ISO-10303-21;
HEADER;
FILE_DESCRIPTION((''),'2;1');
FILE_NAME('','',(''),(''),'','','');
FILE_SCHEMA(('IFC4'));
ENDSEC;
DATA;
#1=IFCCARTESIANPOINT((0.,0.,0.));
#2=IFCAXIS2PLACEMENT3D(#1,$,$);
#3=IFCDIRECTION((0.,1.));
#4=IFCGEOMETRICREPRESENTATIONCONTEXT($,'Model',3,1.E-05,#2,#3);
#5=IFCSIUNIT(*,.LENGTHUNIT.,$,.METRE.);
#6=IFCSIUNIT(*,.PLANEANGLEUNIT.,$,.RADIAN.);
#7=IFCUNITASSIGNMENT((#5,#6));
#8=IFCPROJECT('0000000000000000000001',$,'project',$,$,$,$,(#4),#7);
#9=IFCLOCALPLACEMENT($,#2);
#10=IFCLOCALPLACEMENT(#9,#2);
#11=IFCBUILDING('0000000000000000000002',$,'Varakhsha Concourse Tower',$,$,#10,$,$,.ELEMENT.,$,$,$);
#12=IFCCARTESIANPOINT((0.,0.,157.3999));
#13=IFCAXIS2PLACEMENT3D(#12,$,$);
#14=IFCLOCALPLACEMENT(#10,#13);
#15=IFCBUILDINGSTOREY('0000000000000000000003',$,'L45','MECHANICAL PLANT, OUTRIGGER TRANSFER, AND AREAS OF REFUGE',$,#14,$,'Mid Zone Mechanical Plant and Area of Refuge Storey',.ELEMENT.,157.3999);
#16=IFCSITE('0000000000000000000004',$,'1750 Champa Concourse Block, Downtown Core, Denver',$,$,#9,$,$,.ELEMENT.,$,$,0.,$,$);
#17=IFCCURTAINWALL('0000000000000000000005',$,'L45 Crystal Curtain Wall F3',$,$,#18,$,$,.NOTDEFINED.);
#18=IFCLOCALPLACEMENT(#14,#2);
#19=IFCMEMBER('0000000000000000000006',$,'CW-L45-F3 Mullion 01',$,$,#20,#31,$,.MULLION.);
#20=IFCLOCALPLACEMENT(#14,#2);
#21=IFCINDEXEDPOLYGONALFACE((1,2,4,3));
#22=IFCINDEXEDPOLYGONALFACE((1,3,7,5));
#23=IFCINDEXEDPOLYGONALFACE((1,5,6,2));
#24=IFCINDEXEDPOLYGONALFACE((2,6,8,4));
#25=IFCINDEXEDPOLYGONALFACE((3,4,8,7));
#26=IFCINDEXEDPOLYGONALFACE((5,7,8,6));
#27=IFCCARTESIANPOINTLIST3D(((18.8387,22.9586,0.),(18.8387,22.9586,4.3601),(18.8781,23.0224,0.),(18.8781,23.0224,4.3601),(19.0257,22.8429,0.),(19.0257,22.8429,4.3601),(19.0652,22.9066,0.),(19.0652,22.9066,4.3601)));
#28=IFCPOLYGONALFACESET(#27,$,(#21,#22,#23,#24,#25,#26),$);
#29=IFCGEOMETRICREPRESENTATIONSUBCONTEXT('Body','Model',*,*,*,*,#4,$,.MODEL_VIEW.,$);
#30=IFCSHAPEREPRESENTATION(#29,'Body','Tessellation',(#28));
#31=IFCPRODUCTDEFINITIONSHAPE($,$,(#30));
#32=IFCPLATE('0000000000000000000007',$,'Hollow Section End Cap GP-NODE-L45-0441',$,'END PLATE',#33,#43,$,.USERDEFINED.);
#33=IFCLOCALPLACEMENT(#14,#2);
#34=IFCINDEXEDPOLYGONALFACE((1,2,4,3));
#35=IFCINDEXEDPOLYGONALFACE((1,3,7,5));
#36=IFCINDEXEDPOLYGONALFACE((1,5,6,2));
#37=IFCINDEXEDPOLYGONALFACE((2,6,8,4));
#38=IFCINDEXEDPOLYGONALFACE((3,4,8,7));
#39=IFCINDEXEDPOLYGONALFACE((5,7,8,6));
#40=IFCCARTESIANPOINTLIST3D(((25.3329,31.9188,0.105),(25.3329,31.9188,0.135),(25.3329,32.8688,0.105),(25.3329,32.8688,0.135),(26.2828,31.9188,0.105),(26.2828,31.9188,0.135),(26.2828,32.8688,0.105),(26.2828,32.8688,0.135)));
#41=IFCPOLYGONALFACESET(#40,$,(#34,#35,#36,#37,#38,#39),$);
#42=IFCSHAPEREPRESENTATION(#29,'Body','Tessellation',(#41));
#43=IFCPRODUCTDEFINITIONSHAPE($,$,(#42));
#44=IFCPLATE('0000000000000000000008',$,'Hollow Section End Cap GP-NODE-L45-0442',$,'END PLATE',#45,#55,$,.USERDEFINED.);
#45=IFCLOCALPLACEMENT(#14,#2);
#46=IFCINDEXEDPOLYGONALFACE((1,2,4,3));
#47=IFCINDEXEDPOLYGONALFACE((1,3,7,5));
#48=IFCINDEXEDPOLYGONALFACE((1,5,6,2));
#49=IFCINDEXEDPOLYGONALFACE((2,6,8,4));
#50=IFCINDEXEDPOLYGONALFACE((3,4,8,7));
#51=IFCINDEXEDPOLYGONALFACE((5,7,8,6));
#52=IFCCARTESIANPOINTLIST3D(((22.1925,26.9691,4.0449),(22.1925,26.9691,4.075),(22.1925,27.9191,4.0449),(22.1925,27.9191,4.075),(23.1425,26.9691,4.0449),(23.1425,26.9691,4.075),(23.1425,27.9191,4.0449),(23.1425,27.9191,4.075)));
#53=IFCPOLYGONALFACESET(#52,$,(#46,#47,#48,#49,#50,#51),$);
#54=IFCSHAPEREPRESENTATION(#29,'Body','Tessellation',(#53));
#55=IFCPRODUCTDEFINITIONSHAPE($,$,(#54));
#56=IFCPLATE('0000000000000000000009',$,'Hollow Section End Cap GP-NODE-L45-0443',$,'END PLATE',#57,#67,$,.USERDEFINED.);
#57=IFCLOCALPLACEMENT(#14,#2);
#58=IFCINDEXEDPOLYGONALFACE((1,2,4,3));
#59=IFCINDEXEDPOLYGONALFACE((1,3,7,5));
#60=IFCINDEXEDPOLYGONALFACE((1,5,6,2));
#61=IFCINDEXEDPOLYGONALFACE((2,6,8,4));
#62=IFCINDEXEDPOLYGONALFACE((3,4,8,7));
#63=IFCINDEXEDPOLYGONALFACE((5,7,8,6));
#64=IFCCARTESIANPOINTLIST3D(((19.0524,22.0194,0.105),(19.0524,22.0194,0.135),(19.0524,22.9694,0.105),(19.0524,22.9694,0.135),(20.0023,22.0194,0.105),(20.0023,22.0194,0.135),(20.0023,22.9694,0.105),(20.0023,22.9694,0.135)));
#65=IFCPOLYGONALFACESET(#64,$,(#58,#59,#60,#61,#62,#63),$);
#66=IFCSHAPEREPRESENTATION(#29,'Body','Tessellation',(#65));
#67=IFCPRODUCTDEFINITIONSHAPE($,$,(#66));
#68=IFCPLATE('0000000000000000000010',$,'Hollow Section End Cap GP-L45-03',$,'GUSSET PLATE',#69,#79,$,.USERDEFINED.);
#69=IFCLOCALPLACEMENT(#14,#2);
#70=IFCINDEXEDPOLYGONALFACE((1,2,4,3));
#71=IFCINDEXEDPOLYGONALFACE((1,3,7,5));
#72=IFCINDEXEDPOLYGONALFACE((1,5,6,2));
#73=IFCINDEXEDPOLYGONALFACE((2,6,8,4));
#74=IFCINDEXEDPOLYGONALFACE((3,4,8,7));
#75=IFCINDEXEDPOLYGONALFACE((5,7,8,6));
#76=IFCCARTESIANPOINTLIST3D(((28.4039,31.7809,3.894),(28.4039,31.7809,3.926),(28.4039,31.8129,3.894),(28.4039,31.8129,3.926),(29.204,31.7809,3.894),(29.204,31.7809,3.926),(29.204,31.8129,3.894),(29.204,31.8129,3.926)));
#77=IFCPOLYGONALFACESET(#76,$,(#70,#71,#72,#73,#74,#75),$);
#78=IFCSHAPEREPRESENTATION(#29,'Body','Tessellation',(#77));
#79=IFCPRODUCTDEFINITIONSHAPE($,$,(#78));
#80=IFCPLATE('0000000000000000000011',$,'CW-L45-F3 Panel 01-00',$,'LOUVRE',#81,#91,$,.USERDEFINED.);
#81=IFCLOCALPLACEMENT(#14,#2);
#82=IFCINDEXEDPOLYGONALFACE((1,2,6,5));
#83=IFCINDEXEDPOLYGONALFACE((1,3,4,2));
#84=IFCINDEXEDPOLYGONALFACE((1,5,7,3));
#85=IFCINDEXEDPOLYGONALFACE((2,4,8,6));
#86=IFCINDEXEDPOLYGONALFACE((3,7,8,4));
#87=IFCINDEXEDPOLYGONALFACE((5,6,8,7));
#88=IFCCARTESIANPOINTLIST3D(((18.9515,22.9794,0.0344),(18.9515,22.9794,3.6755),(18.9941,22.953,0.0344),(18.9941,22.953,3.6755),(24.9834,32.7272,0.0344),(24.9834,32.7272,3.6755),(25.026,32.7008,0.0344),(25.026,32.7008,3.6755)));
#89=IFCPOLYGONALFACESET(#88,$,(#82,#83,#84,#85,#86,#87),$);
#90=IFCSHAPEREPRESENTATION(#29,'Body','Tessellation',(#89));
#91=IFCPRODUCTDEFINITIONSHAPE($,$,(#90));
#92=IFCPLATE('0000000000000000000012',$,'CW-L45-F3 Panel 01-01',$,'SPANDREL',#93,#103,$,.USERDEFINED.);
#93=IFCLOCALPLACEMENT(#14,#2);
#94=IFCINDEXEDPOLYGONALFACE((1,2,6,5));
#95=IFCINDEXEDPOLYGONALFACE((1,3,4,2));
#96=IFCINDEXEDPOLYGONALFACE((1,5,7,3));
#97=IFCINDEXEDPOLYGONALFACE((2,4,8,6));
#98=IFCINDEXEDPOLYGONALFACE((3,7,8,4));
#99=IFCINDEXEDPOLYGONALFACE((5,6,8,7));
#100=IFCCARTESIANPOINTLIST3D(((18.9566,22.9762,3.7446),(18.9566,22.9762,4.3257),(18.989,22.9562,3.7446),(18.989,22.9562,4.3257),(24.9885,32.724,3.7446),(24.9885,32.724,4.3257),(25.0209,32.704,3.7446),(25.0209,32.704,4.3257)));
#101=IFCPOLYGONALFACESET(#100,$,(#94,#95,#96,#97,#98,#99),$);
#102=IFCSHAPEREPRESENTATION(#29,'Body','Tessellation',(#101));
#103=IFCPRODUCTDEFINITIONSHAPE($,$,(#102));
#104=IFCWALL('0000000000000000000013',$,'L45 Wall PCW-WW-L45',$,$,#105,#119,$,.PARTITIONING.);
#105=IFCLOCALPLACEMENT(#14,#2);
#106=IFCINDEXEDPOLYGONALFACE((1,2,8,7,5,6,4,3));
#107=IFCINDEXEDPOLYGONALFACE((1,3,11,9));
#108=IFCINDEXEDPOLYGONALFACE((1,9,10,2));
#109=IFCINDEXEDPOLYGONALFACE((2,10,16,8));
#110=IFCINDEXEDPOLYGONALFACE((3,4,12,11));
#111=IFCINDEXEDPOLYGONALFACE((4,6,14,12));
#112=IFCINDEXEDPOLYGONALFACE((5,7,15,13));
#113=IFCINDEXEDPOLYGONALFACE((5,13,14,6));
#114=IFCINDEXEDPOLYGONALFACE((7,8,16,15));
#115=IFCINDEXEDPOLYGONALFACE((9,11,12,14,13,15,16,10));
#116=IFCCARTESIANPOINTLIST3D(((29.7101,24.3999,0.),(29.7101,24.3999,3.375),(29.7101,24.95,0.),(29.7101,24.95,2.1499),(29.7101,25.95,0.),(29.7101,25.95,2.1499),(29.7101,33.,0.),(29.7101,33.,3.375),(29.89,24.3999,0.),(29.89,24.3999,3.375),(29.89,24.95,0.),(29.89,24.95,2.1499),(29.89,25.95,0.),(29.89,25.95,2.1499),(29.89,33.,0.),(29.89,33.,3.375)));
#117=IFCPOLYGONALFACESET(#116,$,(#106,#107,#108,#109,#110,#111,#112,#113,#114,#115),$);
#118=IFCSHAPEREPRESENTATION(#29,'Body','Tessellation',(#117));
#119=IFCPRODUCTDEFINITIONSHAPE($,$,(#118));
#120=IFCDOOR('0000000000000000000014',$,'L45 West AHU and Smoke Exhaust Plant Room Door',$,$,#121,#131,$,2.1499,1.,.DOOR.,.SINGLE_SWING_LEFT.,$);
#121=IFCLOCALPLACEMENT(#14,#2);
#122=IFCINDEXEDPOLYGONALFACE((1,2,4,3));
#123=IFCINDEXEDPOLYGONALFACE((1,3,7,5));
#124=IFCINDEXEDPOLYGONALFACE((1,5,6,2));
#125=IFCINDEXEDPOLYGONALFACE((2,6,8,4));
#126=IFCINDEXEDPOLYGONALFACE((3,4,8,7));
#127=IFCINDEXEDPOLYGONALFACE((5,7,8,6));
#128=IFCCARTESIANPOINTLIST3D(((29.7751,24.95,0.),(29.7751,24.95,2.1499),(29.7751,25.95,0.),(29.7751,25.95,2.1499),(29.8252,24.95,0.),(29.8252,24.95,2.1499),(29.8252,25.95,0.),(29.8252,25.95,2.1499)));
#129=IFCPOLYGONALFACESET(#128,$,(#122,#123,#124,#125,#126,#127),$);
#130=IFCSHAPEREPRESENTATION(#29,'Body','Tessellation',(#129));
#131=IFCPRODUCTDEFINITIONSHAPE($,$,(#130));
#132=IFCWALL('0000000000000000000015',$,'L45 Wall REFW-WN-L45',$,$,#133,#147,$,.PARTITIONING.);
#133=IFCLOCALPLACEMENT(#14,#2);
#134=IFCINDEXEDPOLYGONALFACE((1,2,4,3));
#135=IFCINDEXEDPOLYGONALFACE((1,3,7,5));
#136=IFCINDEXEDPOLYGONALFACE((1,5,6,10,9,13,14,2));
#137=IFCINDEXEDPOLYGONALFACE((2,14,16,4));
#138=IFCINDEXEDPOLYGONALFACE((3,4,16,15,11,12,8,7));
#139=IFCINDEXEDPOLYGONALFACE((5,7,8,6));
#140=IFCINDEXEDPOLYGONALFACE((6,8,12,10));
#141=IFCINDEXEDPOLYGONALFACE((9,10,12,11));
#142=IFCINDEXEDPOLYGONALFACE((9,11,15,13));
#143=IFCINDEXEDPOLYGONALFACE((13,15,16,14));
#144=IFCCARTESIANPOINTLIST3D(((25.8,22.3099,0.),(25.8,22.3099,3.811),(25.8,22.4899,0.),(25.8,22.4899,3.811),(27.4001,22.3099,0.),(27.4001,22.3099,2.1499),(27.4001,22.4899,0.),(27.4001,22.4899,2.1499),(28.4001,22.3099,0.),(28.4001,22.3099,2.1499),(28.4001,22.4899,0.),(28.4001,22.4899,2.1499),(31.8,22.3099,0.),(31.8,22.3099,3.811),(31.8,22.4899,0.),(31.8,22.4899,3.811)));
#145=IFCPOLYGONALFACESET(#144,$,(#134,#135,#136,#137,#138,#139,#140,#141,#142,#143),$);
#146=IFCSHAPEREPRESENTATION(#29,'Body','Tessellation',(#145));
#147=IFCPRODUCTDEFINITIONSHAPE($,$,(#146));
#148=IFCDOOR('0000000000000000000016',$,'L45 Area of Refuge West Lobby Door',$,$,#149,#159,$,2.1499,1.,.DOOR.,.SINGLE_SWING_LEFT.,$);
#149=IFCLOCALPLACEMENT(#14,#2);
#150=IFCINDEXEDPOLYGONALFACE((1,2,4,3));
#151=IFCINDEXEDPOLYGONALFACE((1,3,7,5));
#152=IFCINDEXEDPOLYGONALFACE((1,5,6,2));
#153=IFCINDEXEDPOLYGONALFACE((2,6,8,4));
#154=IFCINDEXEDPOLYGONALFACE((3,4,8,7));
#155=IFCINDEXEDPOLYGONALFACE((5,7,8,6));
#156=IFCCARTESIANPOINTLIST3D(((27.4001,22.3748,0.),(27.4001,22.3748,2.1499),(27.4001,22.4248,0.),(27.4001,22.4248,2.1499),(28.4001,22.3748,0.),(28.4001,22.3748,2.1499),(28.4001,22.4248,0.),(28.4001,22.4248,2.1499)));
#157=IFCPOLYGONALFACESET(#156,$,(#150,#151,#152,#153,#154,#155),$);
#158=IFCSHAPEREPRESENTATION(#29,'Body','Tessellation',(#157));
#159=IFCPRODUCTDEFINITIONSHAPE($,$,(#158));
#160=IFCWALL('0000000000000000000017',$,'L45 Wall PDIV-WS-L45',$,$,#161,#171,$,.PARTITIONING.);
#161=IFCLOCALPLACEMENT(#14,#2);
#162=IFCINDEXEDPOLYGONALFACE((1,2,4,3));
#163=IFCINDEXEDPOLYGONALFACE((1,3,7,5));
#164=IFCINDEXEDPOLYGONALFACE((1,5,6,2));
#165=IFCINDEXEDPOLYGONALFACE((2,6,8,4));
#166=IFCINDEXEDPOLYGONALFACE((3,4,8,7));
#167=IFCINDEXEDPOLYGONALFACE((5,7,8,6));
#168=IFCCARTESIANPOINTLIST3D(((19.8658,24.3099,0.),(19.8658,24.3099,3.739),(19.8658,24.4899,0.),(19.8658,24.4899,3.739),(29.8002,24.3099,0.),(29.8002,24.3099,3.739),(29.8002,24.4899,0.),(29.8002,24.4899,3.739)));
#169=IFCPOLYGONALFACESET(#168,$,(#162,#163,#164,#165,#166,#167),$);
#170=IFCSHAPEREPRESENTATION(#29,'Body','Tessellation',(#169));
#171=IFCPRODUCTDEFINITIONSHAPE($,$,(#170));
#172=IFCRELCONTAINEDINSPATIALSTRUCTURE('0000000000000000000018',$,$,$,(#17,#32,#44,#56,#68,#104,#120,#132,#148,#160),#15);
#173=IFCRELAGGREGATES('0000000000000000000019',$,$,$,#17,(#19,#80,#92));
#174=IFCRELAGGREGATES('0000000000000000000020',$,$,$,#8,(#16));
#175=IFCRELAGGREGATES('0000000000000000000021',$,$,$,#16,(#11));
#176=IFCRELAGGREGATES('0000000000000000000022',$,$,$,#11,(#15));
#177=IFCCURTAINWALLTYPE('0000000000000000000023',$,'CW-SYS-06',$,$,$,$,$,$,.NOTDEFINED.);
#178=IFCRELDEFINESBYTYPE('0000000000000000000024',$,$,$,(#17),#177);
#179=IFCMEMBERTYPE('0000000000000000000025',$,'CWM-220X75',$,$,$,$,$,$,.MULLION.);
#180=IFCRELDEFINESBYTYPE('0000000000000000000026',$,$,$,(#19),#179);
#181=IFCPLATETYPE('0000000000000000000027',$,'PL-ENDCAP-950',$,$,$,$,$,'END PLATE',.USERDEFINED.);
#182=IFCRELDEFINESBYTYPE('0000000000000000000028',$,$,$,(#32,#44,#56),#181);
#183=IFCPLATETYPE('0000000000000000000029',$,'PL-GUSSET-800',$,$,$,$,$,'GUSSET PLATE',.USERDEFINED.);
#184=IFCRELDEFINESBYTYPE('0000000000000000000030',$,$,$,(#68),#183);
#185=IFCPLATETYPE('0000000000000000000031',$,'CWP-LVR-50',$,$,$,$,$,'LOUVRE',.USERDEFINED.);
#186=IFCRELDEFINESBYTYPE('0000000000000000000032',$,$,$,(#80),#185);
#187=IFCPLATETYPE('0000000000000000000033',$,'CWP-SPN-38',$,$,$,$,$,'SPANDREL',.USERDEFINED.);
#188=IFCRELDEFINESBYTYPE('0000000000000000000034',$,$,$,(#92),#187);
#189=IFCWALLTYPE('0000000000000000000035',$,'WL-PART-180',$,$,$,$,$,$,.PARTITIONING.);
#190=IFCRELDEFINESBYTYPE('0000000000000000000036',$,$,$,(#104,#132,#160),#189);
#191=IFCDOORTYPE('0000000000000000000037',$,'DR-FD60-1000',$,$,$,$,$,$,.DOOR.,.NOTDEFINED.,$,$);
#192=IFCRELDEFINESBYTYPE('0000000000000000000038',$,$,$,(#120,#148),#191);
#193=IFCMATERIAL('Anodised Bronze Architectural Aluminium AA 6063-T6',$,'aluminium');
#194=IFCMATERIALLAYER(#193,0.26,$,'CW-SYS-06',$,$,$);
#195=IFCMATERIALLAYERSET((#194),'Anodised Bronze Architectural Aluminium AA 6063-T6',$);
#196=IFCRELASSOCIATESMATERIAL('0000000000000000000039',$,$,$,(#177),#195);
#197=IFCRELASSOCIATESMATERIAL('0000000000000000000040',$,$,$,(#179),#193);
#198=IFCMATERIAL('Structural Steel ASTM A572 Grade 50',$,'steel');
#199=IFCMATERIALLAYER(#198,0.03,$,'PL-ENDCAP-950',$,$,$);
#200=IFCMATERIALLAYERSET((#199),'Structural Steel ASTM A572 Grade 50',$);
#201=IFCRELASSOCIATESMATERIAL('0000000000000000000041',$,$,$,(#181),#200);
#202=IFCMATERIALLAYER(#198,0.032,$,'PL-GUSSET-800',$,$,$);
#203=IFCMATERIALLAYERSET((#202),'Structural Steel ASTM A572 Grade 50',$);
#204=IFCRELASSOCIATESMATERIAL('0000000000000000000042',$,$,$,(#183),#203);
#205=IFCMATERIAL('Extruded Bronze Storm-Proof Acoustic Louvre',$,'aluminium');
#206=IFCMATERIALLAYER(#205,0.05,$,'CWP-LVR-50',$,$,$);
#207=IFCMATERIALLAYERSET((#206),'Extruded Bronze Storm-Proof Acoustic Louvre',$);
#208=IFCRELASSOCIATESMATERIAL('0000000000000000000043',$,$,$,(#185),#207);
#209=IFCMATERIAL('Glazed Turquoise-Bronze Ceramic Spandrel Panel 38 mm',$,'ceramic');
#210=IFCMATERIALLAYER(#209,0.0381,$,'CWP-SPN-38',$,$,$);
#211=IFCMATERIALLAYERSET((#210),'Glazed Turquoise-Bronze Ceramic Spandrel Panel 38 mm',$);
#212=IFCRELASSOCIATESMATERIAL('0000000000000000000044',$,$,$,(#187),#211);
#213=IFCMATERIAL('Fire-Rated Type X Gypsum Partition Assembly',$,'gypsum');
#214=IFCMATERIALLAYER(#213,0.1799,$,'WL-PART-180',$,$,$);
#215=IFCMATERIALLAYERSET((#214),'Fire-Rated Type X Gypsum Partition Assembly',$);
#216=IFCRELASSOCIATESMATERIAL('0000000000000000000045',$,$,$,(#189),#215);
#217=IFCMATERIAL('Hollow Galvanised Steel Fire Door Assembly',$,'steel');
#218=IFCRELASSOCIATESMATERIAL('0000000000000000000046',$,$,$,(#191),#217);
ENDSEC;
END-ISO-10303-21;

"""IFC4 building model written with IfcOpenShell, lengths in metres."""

from ifc_helpers import new_model, si_unit, direction, frame, frame_2d, origin, origin_2d, place, context, subcontext, project, spatial, rectangle, extrude, source, transform, mapped, material, layer, layer_set, material_profile, profile_set, type_object, type_shapes, element, fill, aggregate, save


model = new_model("IFC4")

# Units and contexts
model_context = context("Model", 3, precision=1e-05, world=origin(), true_north=direction((0.0, 1.0)))
body_context = subcontext(model_context, "Body", "Model", "MODEL_VIEW")
ifc_project = project(units=[si_unit("LENGTHUNIT", "METRE"), si_unit("PLANEANGLEUNIT", "RADIAN")], contexts=[model_context])

# Site, building, storey
site_placement = place(None, origin())
site = spatial("IfcSite", under=ifc_project, at=site_placement, Name="1750 Champa Concourse Block, Downtown Core, Denver", CompositionType="ELEMENT", RefElevation=0.0)
building_placement = place(site_placement, origin())
building = spatial("IfcBuilding", under=site, at=building_placement, Name="Varakhsha Concourse Tower", CompositionType="ELEMENT")
storey_placement = place(building_placement, frame((0.0, 0.0, 157.3999)))
storey = spatial("IfcBuildingStorey", under=building, at=storey_placement, Name="L45", Description="MECHANICAL PLANT, OUTRIGGER TRANSFER, AND AREAS OF REFUGE", LongName="Mid Zone Mechanical Plant and Area of Refuge Storey", CompositionType="ELEMENT", Elevation=157.3999)

# Shared definitions
ifc_material_1 = material(Name="Structural Steel ASTM A572 Grade 50", Category="steel")

# Curtain wall, member
ifc_material_2 = material(Name="Anodised Bronze Architectural Aluminium AA 6063-T6", Category="aluminium")
ifc_layer_1 = layer(ifc_material_2, 0.26, Name="CW-SYS-06")
ifc_layer_set_1 = layer_set([ifc_layer_1], Name="Anodised Bronze Architectural Aluminium AA 6063-T6")
curtain_wall_type = type_object("IfcCurtainWallType", Name="CW-SYS-06", PredefinedType="NOTDEFINED", material=ifc_layer_set_1)
curtain_wall_placement = place(storey_placement, origin())
curtain_wall = element("IfcCurtainWall", 1, at=curtain_wall_placement, inside=storey, type_object=curtain_wall_type, Name="L45 Crystal Curtain Wall F3", PredefinedType="NOTDEFINED")
ifc_material_profile_1 = material_profile(ifc_material_2, rectangle(XDim=0.075, YDim=0.22, at=origin_2d()), Name="CWM-220X75")
ifc_profile_set_1 = profile_set([ifc_material_profile_1], Name="Anodised Bronze Architectural Aluminium AA 6063-T6")
member_type_1 = type_object("IfcMemberType", Name="CWM-220X75", PredefinedType="MULLION", material=ifc_profile_set_1)
shared_shape_1 = source(origin(), body_context, "Body", "SweptSolid", [
    extrude(rectangle(XDim=0.075, YDim=0.22, at=origin_2d()), origin(), (0.0, 0.0, 1.0), 4.3601),
])
type_shapes(member_type_1, [shared_shape_1])
member_1_placement = place(storey_placement, frame((18.9519, 22.9326, 0.0), z_axis=(0.0, 0.0, 1.0), x_axis=(0.526199, 0.850361, 0.0)))
member_1 = element("IfcMember", 2, at=member_1_placement, type_object=member_type_1, Name="CW-L45-F3 Mullion 01", PredefinedType="MULLION", context=body_context, shape_type="MappedRepresentation", body=[
    mapped(shared_shape_1, transform((0.0, 0.0, 0.0), scale=1.0)),
])

# Plates
ifc_layer_2 = layer(ifc_material_1, 0.03, Name="PL-ENDCAP-950")
ifc_layer_set_2 = layer_set([ifc_layer_2], Name="Structural Steel ASTM A572 Grade 50")
plate_type_1 = type_object("IfcPlateType", Name="PL-ENDCAP-950", ElementType="END PLATE", PredefinedType="USERDEFINED", material=ifc_layer_set_2)
shared_shape_2 = source(origin(), body_context, "Body", "SweptSolid", [
    extrude(rectangle(XDim=0.95, YDim=0.95, at=origin_2d()), origin(), (0.0, 0.0, 1.0), 0.03),
])
type_shapes(plate_type_1, [shared_shape_2])
for number, where, z_axis, x_axis, name in (
    (3, (25.8079, 32.3938, 0.105), (0.0, 0.0, 1.0), (1.0, 0.0, 0.0), "Hollow Section End Cap GP-NODE-L45-0441"),
    (4, (22.6675, 27.4441, 4.0449), (0.0, 0.0, 1.0), (1.0, 0.0, 0.0), "Hollow Section End Cap GP-NODE-L45-0442"),
    (5, (19.5273, 22.4944, 0.105), (0.0, 0.0, 1.0), (1.0, 0.0, 0.0), "Hollow Section End Cap GP-NODE-L45-0443"),
):
    element("IfcPlate", number, at=place(storey_placement, frame(where, z_axis=z_axis, x_axis=x_axis)), inside=storey, type_object=plate_type_1, Name=name, ObjectType="END PLATE", PredefinedType="USERDEFINED", context=body_context, shape_type="MappedRepresentation", body=[
        mapped(shared_shape_2, transform((0.0, 0.0, 0.0), scale=1.0)),
    ])
ifc_layer_3 = layer(ifc_material_1, 0.032, Name="PL-GUSSET-800")
ifc_layer_set_3 = layer_set([ifc_layer_3], Name="Structural Steel ASTM A572 Grade 50")
plate_type_2 = type_object("IfcPlateType", Name="PL-GUSSET-800", ElementType="GUSSET PLATE", PredefinedType="USERDEFINED", material=ifc_layer_set_3)
shared_shape_3 = source(origin(), body_context, "Body", "SweptSolid", [
    extrude(rectangle(XDim=0.8, YDim=0.032, at=origin_2d()), origin(), (0.0, 0.0, 1.0), 0.032),
])
type_shapes(plate_type_2, [shared_shape_3])
plate_1_placement = place(storey_placement, frame((28.804, 31.7969, 3.894), z_axis=(0.0, 0.0, 1.0), x_axis=(1.0, 0.0, 0.0)))
element("IfcPlate", 6, at=plate_1_placement, inside=storey, type_object=plate_type_2, Name="Hollow Section End Cap GP-L45-03", ObjectType="GUSSET PLATE", PredefinedType="USERDEFINED", context=body_context, shape_type="MappedRepresentation", body=[
    mapped(shared_shape_3, transform((0.0, 0.0, 0.0), scale=1.0)),
])

# Plates
ifc_material_3 = material(Name="Extruded Bronze Storm-Proof Acoustic Louvre", Category="aluminium")
ifc_layer_4 = layer(ifc_material_3, 0.05, Name="CWP-LVR-50")
ifc_layer_set_4 = layer_set([ifc_layer_4], Name="Extruded Bronze Storm-Proof Acoustic Louvre")
plate_type_3 = type_object("IfcPlateType", Name="CWP-LVR-50", ElementType="LOUVRE", PredefinedType="USERDEFINED", material=ifc_layer_set_4)
shared_shape_4 = source(origin(), body_context, "Body", "SweptSolid", [
    extrude(rectangle(XDim=11.4631, YDim=0.05, at=origin_2d()), origin(), (0.0, 0.0, 1.0), 3.6411),
])
type_shapes(plate_type_3, [shared_shape_4])
plate_2_placement = place(storey_placement, frame((21.9888, 27.8401, 0.0344), z_axis=(0.0, 0.0, 1.0), x_axis=(0.526199, 0.850361, 0.0)))
plate_2 = element("IfcPlate", 7, at=plate_2_placement, type_object=plate_type_3, Name="CW-L45-F3 Panel 01-00", ObjectType="LOUVRE", PredefinedType="USERDEFINED", context=body_context, shape_type="MappedRepresentation", body=[
    mapped(shared_shape_4, transform((0.0, 0.0, 0.0), scale=1.0)),
])
ifc_material_4 = material(Name="Glazed Turquoise-Bronze Ceramic Spandrel Panel 38 mm", Category="ceramic")
ifc_layer_5 = layer(ifc_material_4, 0.0381, Name="CWP-SPN-38")
ifc_layer_set_5 = layer_set([ifc_layer_5], Name="Glazed Turquoise-Bronze Ceramic Spandrel Panel 38 mm")
plate_type_4 = type_object("IfcPlateType", Name="CWP-SPN-38", ElementType="SPANDREL", PredefinedType="USERDEFINED", material=ifc_layer_set_5)
shared_shape_5 = source(origin(), body_context, "Body", "SweptSolid", [
    extrude(rectangle(XDim=11.4631, YDim=0.0381, at=origin_2d()), origin(), (0.0, 0.0, 1.0), 0.5811),
])
type_shapes(plate_type_4, [shared_shape_5])
plate_3_placement = place(storey_placement, frame((21.9888, 27.8401, 3.7446), z_axis=(0.0, 0.0, 1.0), x_axis=(0.526199, 0.850361, 0.0)))
plate_3 = element("IfcPlate", 8, at=plate_3_placement, type_object=plate_type_4, Name="CW-L45-F3 Panel 01-01", ObjectType="SPANDREL", PredefinedType="USERDEFINED", context=body_context, shape_type="MappedRepresentation", body=[
    mapped(shared_shape_5, transform((0.0, 0.0, 0.0), scale=1.0)),
])
aggregate(curtain_wall, [member_1, plate_2, plate_3])

# Walls, openings, doors
ifc_material_5 = material(Name="Fire-Rated Type X Gypsum Partition Assembly", Category="gypsum")
ifc_layer_6 = layer(ifc_material_5, 0.1799, Name="WL-PART-180")
ifc_layer_set_6 = layer_set([ifc_layer_6], Name="Fire-Rated Type X Gypsum Partition Assembly")
wall_type_1 = type_object("IfcWallType", Name="WL-PART-180", PredefinedType="PARTITIONING", material=ifc_layer_set_6)
wall_1_placement = place(storey_placement, frame((29.8, 24.3999, 0.0), z_axis=(0.0, 0.0, 1.0), x_axis=(0.0, 1.0, 0.0)))
wall_1 = element("IfcWall", 9, at=wall_1_placement, inside=storey, type_object=wall_type_1, Name="L45 Wall PCW-WW-L45", PredefinedType="PARTITIONING", context=body_context, shape_type="SweptSolid", body=[
    extrude(rectangle(XDim=8.6001, YDim=0.1799, at=frame_2d((4.3, 0.0))), origin(), (0.0, 0.0, 1.0), 3.375),
])
opening_1_placement = place(wall_1_placement, frame((0.55, 0.0, 0.0)))
opening_1 = element("IfcOpeningElement", 10, at=opening_1_placement, cuts=wall_1, PredefinedType="OPENING", context=body_context, shape_type="SweptSolid", body=[
    extrude(rectangle(XDim=1.0, YDim=2.1499, at=frame_2d((0.5, 1.075))), frame((0.0, 0.0999, 0.0), z_axis=(0.0, -1.0, 0.0), x_axis=(1.0, 0.0, 0.0)), (0.0, 0.0, 1.0), 0.2),
])
ifc_material_6 = material(Name="Hollow Galvanised Steel Fire Door Assembly", Category="steel")
door_type = type_object("IfcDoorType", Name="DR-FD60-1000", OperationType="NOTDEFINED", PredefinedType="DOOR", material=ifc_material_6)
door_1_placement = place(opening_1_placement, origin())
door_1 = element("IfcDoor", 11, at=door_1_placement, inside=storey, type_object=door_type, Name="L45 West AHU and Smoke Exhaust Plant Room Door", OperationType="SINGLE_SWING_LEFT", OverallHeight=2.1499, OverallWidth=1.0, PredefinedType="DOOR", context=body_context, shape_type="SweptSolid", body=[
    extrude(rectangle(XDim=1.0, YDim=2.1499, at=frame_2d((0.5, 1.075))), frame((0.0, 0.0249, 0.0), z_axis=(0.0, -1.0, 0.0), x_axis=(1.0, 0.0, 0.0)), (0.0, 0.0, 1.0), 0.05),
])
fill(opening_1, door_1)
wall_2_placement = place(storey_placement, frame((25.8, 22.3999, 0.0), z_axis=(0.0, 0.0, 1.0), x_axis=(1.0, 0.0, 0.0)))
wall_2 = element("IfcWall", 12, at=wall_2_placement, inside=storey, type_object=wall_type_1, Name="L45 Wall REFW-WN-L45", PredefinedType="PARTITIONING", context=body_context, shape_type="SweptSolid", body=[
    extrude(rectangle(XDim=6.0, YDim=0.1799, at=frame_2d((3.0, 0.0))), origin(), (0.0, 0.0, 1.0), 3.811),
])
opening_2_placement = place(wall_2_placement, frame((1.6001, 0.0, 0.0)))
opening_2 = element("IfcOpeningElement", 13, at=opening_2_placement, cuts=wall_2, PredefinedType="OPENING", context=body_context, shape_type="SweptSolid", body=[
    extrude(rectangle(XDim=1.0, YDim=2.1499, at=frame_2d((0.5, 1.075))), frame((0.0, 0.0999, 0.0), z_axis=(0.0, -1.0, 0.0), x_axis=(1.0, 0.0, 0.0)), (0.0, 0.0, 1.0), 0.2),
])
door_2_placement = place(opening_2_placement, origin())
door_2 = element("IfcDoor", 14, at=door_2_placement, inside=storey, type_object=door_type, Name="L45 Area of Refuge West Lobby Door", OperationType="SINGLE_SWING_LEFT", OverallHeight=2.1499, OverallWidth=1.0, PredefinedType="DOOR", context=body_context, shape_type="SweptSolid", body=[
    extrude(rectangle(XDim=1.0, YDim=2.1499, at=frame_2d((0.5, 1.075))), frame((0.0, 0.0249, 0.0), z_axis=(0.0, -1.0, 0.0), x_axis=(1.0, 0.0, 0.0)), (0.0, 0.0, 1.0), 0.05),
])
fill(opening_2, door_2)

# Wall
wall_3_placement = place(storey_placement, frame((19.8657, 24.3999, 0.0), z_axis=(0.0, 0.0, 1.0), x_axis=(1.0, 0.0, 0.0)))
element("IfcWall", 15, at=wall_3_placement, inside=storey, type_object=wall_type_1, Name="L45 Wall PDIV-WS-L45", PredefinedType="PARTITIONING", context=body_context, shape_type="SweptSolid", body=[
    extrude(rectangle(XDim=9.9343, YDim=0.1799, at=frame_2d((4.9673, 0.0))), origin(), (0.0, 0.0, 1.0), 3.739),
])

save(model, "model.ifc")
